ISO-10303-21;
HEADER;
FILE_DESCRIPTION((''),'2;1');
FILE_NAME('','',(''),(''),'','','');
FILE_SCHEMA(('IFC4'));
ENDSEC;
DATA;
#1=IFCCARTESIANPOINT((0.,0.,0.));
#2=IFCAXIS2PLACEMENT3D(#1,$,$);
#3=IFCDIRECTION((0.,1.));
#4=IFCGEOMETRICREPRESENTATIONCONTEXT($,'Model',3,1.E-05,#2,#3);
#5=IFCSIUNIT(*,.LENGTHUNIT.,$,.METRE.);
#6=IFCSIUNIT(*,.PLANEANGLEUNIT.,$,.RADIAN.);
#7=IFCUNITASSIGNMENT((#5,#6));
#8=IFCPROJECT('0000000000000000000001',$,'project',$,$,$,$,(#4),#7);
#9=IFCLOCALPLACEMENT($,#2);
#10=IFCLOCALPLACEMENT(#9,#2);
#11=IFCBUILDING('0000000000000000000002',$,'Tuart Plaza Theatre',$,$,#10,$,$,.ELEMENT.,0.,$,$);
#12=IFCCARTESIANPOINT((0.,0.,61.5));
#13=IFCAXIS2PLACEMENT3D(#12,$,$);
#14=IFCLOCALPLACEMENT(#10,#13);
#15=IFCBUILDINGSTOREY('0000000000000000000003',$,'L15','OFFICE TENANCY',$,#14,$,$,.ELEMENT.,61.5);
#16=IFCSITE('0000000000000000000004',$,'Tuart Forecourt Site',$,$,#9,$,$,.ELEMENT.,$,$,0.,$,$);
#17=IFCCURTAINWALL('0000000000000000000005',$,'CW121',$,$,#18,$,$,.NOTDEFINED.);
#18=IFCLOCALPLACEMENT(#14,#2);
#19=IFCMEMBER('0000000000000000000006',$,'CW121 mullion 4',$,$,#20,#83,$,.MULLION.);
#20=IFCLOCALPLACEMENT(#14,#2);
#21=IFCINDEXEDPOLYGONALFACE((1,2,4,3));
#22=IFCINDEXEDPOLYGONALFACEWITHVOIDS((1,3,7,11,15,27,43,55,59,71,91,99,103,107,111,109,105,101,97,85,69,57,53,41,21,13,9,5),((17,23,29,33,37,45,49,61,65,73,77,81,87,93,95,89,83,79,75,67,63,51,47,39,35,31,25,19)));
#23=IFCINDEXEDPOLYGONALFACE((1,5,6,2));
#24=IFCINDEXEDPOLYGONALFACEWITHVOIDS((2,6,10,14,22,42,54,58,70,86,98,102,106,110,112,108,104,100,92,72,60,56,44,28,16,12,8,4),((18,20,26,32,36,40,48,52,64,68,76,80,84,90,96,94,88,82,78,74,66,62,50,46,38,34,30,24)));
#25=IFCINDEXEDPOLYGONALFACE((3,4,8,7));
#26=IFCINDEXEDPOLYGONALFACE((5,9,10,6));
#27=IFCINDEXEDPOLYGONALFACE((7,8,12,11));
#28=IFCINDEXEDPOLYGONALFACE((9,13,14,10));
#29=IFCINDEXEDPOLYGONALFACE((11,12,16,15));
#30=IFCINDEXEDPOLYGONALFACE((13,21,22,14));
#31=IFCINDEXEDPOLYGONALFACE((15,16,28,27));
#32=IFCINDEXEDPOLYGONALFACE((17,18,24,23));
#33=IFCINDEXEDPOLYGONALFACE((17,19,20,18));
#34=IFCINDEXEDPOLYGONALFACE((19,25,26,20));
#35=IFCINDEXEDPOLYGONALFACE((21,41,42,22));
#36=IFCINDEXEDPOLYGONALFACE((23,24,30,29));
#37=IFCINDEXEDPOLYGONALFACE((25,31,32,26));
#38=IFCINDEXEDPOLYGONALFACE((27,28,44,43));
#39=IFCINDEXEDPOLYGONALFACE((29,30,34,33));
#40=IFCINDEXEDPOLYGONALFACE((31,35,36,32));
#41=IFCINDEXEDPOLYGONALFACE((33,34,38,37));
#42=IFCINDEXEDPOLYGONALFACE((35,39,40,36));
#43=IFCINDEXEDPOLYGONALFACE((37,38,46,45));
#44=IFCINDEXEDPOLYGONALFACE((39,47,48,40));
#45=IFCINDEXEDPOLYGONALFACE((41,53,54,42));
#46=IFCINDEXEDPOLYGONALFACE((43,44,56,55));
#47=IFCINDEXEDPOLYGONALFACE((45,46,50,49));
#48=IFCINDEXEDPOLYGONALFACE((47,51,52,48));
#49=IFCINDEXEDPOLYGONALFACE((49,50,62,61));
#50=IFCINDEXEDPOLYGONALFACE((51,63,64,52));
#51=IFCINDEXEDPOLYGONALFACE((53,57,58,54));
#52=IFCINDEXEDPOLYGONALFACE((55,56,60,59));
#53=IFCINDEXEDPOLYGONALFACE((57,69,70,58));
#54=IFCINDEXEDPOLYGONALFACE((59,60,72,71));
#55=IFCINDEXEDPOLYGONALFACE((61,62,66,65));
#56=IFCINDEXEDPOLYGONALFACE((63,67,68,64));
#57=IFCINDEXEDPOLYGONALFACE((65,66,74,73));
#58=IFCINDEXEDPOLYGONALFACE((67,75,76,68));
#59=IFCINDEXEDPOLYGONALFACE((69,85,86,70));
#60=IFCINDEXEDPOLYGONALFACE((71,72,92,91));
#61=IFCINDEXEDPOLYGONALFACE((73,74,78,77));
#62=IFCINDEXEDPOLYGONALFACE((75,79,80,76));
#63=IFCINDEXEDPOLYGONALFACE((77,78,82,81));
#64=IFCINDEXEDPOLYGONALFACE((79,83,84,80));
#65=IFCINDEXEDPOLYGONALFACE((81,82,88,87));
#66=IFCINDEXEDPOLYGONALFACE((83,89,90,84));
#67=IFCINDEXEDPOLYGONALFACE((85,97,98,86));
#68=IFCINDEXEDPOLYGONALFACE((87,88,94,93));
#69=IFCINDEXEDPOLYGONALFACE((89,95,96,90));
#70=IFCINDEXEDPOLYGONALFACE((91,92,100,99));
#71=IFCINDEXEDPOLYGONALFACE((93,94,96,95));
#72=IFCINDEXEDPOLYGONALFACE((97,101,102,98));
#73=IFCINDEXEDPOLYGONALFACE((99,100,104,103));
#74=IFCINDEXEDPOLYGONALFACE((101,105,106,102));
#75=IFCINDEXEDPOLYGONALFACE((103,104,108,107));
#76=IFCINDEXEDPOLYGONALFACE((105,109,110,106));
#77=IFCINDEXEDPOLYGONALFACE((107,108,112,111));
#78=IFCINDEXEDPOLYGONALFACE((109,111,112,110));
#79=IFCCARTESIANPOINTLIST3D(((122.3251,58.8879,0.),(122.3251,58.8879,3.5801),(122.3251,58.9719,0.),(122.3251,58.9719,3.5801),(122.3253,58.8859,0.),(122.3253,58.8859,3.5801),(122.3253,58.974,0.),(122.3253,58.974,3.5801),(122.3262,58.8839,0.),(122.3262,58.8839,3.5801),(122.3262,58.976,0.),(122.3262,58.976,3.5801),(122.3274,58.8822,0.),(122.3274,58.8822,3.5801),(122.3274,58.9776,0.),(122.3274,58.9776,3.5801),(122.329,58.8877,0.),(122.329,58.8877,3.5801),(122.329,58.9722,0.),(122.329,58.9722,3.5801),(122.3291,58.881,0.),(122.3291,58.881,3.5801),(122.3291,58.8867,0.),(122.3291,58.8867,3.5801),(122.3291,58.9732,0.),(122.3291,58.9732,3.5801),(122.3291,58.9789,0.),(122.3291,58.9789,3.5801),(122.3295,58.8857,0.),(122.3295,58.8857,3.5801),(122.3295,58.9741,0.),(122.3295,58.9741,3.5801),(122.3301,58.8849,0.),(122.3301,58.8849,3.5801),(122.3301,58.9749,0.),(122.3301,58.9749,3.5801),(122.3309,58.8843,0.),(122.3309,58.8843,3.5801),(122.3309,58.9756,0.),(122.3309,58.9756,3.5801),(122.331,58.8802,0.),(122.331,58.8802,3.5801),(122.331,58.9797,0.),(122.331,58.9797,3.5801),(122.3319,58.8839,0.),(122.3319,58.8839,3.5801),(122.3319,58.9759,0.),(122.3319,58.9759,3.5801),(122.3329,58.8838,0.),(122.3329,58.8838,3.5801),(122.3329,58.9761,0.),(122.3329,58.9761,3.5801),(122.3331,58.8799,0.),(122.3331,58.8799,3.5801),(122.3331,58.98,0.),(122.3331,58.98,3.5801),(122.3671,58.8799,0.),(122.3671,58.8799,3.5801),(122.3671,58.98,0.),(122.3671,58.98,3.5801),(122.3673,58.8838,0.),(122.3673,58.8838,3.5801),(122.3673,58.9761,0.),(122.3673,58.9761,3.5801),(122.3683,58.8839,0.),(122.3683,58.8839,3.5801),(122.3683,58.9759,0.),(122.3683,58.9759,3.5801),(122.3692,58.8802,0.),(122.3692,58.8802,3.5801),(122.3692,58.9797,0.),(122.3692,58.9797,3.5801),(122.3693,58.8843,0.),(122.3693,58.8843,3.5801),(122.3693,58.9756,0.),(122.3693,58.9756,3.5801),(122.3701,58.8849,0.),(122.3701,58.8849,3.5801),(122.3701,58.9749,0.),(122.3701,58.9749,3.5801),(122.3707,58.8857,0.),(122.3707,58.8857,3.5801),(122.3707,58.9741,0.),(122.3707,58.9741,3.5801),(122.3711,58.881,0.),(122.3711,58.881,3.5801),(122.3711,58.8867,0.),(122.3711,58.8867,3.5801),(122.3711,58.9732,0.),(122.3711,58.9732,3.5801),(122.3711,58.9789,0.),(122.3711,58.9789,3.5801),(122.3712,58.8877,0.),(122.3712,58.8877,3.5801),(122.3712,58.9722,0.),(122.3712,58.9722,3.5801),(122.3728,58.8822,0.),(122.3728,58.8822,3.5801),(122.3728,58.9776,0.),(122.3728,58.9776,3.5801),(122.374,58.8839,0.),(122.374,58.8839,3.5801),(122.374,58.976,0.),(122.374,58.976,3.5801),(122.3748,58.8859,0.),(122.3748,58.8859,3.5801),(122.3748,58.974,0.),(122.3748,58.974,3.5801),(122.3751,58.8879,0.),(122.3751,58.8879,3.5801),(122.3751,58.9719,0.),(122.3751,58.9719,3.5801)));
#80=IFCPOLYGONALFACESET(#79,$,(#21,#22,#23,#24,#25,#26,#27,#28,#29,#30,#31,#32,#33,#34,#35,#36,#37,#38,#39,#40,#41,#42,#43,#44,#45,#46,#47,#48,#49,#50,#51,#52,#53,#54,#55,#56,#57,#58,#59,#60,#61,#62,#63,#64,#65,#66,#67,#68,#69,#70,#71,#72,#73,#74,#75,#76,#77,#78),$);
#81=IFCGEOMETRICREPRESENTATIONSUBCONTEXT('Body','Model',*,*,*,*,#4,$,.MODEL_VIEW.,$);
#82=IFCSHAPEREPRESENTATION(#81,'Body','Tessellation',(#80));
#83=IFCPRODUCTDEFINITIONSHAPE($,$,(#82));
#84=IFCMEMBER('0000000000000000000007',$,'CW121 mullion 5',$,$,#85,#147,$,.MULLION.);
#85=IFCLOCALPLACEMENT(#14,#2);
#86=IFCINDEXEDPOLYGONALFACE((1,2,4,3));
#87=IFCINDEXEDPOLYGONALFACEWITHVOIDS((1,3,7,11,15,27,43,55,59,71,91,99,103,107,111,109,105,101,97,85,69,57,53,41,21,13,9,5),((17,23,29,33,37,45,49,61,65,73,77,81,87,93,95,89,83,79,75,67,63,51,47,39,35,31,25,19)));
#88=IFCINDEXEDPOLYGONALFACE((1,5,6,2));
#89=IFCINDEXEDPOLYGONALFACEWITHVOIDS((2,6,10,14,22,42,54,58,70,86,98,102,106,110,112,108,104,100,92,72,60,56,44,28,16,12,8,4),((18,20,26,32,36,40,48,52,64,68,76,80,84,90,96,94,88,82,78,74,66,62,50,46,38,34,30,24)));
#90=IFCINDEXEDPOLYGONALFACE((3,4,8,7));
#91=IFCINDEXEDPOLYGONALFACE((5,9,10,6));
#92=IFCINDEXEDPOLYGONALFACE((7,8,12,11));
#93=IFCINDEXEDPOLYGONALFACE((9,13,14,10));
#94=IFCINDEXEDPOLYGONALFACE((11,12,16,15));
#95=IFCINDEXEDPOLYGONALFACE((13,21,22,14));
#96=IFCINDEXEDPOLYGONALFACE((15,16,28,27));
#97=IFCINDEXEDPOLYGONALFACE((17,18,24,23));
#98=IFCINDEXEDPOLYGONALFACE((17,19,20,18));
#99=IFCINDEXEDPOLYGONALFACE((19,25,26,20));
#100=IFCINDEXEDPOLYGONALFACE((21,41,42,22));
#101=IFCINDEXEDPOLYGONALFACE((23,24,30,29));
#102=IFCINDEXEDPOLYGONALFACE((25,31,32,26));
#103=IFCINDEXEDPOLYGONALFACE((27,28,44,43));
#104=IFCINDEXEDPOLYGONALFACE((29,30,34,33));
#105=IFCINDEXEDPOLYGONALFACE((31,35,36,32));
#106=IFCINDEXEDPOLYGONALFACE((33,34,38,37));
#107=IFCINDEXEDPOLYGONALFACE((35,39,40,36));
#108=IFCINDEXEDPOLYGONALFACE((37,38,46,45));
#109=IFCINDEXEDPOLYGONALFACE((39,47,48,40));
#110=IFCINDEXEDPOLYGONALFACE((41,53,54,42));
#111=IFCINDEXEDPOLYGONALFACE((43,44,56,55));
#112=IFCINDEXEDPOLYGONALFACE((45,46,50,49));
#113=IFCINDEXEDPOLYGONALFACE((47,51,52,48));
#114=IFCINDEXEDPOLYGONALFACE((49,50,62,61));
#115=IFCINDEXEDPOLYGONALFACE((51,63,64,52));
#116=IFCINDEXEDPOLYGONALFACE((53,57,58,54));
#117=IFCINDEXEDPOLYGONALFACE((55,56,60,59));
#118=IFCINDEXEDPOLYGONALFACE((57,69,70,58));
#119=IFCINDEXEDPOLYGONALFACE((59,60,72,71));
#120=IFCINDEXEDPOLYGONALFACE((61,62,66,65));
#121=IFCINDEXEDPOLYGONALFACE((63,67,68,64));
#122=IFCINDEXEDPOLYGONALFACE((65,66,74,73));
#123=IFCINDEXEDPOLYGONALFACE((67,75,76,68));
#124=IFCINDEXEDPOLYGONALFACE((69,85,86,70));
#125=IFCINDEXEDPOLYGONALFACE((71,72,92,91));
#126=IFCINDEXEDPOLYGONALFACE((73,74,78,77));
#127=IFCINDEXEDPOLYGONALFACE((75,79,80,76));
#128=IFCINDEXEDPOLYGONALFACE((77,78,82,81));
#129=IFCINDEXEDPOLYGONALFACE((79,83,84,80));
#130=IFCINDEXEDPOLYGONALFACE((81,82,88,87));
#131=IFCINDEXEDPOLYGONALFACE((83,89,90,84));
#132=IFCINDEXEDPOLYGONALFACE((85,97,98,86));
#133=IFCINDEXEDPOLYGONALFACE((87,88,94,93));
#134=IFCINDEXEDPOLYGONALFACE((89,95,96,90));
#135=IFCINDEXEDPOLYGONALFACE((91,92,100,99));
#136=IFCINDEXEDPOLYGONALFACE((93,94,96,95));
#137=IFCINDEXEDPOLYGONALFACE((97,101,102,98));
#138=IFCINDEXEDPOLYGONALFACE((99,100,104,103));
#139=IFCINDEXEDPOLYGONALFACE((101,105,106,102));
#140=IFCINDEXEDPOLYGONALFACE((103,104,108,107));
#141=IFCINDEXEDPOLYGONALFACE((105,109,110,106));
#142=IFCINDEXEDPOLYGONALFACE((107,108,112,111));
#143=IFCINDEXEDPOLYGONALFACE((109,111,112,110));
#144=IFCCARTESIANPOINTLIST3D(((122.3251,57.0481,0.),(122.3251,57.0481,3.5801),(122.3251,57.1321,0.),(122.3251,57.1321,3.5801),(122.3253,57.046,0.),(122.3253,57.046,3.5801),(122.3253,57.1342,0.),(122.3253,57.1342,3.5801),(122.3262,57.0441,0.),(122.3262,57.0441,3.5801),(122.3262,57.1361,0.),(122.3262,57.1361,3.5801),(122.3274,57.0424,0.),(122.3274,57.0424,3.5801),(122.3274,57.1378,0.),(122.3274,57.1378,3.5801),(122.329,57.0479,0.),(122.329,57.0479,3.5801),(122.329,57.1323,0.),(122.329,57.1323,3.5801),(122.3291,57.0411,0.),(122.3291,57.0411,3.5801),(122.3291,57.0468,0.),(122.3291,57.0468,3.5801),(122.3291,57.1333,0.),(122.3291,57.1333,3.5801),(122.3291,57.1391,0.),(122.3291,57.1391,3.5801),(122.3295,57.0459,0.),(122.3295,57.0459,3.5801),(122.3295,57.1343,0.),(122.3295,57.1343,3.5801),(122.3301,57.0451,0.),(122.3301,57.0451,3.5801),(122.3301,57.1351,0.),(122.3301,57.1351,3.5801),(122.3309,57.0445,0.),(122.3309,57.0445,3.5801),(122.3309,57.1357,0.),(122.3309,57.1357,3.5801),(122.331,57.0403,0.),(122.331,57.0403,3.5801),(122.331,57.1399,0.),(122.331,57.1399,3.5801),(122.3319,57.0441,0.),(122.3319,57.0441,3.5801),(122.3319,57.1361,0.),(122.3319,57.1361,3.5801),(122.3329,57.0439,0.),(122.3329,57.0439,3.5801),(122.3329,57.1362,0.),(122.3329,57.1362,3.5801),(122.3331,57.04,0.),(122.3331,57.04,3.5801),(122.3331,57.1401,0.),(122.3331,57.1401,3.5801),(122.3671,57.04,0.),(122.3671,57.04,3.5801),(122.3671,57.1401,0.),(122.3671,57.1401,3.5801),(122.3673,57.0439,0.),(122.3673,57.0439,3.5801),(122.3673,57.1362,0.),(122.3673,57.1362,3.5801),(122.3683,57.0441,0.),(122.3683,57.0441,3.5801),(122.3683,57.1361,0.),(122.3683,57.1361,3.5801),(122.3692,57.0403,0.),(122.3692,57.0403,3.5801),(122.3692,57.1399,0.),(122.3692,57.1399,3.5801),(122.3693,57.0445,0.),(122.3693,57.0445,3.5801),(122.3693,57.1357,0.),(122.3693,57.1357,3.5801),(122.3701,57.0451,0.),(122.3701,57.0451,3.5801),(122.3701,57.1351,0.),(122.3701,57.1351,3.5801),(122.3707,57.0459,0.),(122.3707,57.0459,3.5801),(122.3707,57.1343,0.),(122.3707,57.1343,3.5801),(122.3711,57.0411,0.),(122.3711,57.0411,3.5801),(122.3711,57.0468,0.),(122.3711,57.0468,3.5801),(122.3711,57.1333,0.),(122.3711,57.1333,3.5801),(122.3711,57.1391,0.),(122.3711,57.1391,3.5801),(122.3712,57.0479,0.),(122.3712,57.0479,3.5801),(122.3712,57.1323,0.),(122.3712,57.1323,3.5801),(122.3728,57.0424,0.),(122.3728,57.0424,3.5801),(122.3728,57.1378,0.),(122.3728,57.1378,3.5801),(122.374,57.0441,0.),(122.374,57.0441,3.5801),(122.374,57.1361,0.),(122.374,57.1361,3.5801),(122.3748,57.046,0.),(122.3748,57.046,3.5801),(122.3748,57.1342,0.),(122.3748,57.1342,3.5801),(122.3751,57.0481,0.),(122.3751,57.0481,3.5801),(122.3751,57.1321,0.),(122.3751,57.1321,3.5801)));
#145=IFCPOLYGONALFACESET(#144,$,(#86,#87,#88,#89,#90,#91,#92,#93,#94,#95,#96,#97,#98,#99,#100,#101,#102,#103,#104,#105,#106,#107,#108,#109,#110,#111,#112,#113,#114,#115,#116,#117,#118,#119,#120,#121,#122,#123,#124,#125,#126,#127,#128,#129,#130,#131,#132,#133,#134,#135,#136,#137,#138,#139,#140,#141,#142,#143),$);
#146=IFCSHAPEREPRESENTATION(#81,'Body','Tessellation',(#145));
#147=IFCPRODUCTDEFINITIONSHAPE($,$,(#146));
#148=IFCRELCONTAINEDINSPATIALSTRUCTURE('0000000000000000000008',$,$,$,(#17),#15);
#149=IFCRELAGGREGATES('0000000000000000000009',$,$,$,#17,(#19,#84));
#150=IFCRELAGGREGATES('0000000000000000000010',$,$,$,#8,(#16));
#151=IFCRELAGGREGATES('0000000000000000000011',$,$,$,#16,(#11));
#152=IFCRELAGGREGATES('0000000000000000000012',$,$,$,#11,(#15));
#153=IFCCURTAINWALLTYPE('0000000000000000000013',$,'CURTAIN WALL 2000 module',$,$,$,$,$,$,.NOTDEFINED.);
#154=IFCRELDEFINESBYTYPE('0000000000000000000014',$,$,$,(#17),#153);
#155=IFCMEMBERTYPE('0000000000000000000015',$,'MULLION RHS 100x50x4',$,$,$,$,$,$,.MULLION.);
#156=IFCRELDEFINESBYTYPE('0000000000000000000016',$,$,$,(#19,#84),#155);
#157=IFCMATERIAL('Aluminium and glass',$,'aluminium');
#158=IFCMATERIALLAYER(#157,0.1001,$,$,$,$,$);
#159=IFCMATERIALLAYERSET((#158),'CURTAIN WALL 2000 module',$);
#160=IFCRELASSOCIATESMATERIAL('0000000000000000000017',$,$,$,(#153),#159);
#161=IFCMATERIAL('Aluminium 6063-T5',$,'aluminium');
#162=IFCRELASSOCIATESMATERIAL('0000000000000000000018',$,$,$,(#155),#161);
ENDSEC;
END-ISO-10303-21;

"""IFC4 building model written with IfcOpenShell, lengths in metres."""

from ifc_helpers import new_model, si_unit, direction, frame, origin, origin_2d, place, context, subcontext, project, spatial, hollow_rectangle, extrude, material, layer, layer_set, material_profile, profile_set, type_object, element, aggregate, save


model = new_model("IFC4")

# Units and contexts
model_context = context("Model", 3, precision=1e-05, world=origin(), true_north=direction((0.0, 1.0)))
body_context = subcontext(model_context, "Body", "Model", "MODEL_VIEW")
ifc_project = project(units=[si_unit("LENGTHUNIT", "METRE"), si_unit("PLANEANGLEUNIT", "RADIAN")], contexts=[model_context])

# Site, building, storey
site_placement = place(None, origin())
site = spatial("IfcSite", under=ifc_project, at=site_placement, Name="Tuart Forecourt Site", CompositionType="ELEMENT", RefElevation=0.0)
building_placement = place(site_placement, origin())
building = spatial("IfcBuilding", under=site, at=building_placement, Name="Tuart Plaza Theatre", CompositionType="ELEMENT", ElevationOfRefHeight=0.0)
storey_placement = place(building_placement, frame((0.0, 0.0, 61.5)))
storey = spatial("IfcBuildingStorey", under=building, at=storey_placement, Name="L15", Description="OFFICE TENANCY", CompositionType="ELEMENT", Elevation=61.5)

# Curtain wall, members
ifc_material_1 = material(Name="Aluminium and glass", Category="aluminium")
ifc_layer_1 = layer(ifc_material_1, 0.1001)
ifc_layer_set_1 = layer_set([ifc_layer_1], Name="CURTAIN WALL 2000 module")
curtain_wall_type = type_object("IfcCurtainWallType", Name="CURTAIN WALL 2000 module", PredefinedType="NOTDEFINED", material=ifc_layer_set_1)
curtain_wall_placement = place(storey_placement, origin())
curtain_wall = element("IfcCurtainWall", 1, at=curtain_wall_placement, inside=storey, type_object=curtain_wall_type, Name="CW121", PredefinedType="NOTDEFINED")
ifc_material_2 = material(Name="Aluminium 6063-T5", Category="aluminium")
ifc_material_profile_1 = material_profile(ifc_material_2, hollow_rectangle(XDim=0.05, YDim=0.1001, WallThickness=0.0039, InnerFilletRadius=0.0039, OuterFilletRadius=0.0081, at=origin_2d()), Name="RHS 100x50x4")
ifc_profile_set_1 = profile_set([ifc_material_profile_1], Name="Aluminium 6063-T5")
member_type_1 = type_object("IfcMemberType", Name="MULLION RHS 100x50x4", PredefinedType="MULLION", material=ifc_profile_set_1)
member_1_placement = place(storey_placement, frame((122.3501, 58.9299, 0.0), z_axis=(0.0, 0.0, 1.0), x_axis=(1.0, 0.0, 0.0)))
member_1 = element("IfcMember", 2, at=member_1_placement, type_object=member_type_1, Name="CW121 mullion 4", PredefinedType="MULLION", context=body_context, shape_type="SweptSolid", body=[
    extrude(hollow_rectangle(XDim=0.05, YDim=0.1001, WallThickness=0.0039, InnerFilletRadius=0.0039, OuterFilletRadius=0.0081, at=origin_2d()), origin(), (0.0, 0.0, 1.0), 3.5801),
])
member_2_placement = place(storey_placement, frame((122.3501, 57.0901, 0.0), z_axis=(0.0, 0.0, 1.0), x_axis=(1.0, 0.0, 0.0)))
member_2 = element("IfcMember", 3, at=member_2_placement, type_object=member_type_1, Name="CW121 mullion 5", PredefinedType="MULLION", context=body_context, shape_type="SweptSolid", body=[
    extrude(hollow_rectangle(XDim=0.05, YDim=0.1001, WallThickness=0.0039, InnerFilletRadius=0.0039, OuterFilletRadius=0.0081, at=origin_2d()), origin(), (0.0, 0.0, 1.0), 3.5801),
])
aggregate(curtain_wall, [member_1, member_2])

save(model, "model.ifc")
